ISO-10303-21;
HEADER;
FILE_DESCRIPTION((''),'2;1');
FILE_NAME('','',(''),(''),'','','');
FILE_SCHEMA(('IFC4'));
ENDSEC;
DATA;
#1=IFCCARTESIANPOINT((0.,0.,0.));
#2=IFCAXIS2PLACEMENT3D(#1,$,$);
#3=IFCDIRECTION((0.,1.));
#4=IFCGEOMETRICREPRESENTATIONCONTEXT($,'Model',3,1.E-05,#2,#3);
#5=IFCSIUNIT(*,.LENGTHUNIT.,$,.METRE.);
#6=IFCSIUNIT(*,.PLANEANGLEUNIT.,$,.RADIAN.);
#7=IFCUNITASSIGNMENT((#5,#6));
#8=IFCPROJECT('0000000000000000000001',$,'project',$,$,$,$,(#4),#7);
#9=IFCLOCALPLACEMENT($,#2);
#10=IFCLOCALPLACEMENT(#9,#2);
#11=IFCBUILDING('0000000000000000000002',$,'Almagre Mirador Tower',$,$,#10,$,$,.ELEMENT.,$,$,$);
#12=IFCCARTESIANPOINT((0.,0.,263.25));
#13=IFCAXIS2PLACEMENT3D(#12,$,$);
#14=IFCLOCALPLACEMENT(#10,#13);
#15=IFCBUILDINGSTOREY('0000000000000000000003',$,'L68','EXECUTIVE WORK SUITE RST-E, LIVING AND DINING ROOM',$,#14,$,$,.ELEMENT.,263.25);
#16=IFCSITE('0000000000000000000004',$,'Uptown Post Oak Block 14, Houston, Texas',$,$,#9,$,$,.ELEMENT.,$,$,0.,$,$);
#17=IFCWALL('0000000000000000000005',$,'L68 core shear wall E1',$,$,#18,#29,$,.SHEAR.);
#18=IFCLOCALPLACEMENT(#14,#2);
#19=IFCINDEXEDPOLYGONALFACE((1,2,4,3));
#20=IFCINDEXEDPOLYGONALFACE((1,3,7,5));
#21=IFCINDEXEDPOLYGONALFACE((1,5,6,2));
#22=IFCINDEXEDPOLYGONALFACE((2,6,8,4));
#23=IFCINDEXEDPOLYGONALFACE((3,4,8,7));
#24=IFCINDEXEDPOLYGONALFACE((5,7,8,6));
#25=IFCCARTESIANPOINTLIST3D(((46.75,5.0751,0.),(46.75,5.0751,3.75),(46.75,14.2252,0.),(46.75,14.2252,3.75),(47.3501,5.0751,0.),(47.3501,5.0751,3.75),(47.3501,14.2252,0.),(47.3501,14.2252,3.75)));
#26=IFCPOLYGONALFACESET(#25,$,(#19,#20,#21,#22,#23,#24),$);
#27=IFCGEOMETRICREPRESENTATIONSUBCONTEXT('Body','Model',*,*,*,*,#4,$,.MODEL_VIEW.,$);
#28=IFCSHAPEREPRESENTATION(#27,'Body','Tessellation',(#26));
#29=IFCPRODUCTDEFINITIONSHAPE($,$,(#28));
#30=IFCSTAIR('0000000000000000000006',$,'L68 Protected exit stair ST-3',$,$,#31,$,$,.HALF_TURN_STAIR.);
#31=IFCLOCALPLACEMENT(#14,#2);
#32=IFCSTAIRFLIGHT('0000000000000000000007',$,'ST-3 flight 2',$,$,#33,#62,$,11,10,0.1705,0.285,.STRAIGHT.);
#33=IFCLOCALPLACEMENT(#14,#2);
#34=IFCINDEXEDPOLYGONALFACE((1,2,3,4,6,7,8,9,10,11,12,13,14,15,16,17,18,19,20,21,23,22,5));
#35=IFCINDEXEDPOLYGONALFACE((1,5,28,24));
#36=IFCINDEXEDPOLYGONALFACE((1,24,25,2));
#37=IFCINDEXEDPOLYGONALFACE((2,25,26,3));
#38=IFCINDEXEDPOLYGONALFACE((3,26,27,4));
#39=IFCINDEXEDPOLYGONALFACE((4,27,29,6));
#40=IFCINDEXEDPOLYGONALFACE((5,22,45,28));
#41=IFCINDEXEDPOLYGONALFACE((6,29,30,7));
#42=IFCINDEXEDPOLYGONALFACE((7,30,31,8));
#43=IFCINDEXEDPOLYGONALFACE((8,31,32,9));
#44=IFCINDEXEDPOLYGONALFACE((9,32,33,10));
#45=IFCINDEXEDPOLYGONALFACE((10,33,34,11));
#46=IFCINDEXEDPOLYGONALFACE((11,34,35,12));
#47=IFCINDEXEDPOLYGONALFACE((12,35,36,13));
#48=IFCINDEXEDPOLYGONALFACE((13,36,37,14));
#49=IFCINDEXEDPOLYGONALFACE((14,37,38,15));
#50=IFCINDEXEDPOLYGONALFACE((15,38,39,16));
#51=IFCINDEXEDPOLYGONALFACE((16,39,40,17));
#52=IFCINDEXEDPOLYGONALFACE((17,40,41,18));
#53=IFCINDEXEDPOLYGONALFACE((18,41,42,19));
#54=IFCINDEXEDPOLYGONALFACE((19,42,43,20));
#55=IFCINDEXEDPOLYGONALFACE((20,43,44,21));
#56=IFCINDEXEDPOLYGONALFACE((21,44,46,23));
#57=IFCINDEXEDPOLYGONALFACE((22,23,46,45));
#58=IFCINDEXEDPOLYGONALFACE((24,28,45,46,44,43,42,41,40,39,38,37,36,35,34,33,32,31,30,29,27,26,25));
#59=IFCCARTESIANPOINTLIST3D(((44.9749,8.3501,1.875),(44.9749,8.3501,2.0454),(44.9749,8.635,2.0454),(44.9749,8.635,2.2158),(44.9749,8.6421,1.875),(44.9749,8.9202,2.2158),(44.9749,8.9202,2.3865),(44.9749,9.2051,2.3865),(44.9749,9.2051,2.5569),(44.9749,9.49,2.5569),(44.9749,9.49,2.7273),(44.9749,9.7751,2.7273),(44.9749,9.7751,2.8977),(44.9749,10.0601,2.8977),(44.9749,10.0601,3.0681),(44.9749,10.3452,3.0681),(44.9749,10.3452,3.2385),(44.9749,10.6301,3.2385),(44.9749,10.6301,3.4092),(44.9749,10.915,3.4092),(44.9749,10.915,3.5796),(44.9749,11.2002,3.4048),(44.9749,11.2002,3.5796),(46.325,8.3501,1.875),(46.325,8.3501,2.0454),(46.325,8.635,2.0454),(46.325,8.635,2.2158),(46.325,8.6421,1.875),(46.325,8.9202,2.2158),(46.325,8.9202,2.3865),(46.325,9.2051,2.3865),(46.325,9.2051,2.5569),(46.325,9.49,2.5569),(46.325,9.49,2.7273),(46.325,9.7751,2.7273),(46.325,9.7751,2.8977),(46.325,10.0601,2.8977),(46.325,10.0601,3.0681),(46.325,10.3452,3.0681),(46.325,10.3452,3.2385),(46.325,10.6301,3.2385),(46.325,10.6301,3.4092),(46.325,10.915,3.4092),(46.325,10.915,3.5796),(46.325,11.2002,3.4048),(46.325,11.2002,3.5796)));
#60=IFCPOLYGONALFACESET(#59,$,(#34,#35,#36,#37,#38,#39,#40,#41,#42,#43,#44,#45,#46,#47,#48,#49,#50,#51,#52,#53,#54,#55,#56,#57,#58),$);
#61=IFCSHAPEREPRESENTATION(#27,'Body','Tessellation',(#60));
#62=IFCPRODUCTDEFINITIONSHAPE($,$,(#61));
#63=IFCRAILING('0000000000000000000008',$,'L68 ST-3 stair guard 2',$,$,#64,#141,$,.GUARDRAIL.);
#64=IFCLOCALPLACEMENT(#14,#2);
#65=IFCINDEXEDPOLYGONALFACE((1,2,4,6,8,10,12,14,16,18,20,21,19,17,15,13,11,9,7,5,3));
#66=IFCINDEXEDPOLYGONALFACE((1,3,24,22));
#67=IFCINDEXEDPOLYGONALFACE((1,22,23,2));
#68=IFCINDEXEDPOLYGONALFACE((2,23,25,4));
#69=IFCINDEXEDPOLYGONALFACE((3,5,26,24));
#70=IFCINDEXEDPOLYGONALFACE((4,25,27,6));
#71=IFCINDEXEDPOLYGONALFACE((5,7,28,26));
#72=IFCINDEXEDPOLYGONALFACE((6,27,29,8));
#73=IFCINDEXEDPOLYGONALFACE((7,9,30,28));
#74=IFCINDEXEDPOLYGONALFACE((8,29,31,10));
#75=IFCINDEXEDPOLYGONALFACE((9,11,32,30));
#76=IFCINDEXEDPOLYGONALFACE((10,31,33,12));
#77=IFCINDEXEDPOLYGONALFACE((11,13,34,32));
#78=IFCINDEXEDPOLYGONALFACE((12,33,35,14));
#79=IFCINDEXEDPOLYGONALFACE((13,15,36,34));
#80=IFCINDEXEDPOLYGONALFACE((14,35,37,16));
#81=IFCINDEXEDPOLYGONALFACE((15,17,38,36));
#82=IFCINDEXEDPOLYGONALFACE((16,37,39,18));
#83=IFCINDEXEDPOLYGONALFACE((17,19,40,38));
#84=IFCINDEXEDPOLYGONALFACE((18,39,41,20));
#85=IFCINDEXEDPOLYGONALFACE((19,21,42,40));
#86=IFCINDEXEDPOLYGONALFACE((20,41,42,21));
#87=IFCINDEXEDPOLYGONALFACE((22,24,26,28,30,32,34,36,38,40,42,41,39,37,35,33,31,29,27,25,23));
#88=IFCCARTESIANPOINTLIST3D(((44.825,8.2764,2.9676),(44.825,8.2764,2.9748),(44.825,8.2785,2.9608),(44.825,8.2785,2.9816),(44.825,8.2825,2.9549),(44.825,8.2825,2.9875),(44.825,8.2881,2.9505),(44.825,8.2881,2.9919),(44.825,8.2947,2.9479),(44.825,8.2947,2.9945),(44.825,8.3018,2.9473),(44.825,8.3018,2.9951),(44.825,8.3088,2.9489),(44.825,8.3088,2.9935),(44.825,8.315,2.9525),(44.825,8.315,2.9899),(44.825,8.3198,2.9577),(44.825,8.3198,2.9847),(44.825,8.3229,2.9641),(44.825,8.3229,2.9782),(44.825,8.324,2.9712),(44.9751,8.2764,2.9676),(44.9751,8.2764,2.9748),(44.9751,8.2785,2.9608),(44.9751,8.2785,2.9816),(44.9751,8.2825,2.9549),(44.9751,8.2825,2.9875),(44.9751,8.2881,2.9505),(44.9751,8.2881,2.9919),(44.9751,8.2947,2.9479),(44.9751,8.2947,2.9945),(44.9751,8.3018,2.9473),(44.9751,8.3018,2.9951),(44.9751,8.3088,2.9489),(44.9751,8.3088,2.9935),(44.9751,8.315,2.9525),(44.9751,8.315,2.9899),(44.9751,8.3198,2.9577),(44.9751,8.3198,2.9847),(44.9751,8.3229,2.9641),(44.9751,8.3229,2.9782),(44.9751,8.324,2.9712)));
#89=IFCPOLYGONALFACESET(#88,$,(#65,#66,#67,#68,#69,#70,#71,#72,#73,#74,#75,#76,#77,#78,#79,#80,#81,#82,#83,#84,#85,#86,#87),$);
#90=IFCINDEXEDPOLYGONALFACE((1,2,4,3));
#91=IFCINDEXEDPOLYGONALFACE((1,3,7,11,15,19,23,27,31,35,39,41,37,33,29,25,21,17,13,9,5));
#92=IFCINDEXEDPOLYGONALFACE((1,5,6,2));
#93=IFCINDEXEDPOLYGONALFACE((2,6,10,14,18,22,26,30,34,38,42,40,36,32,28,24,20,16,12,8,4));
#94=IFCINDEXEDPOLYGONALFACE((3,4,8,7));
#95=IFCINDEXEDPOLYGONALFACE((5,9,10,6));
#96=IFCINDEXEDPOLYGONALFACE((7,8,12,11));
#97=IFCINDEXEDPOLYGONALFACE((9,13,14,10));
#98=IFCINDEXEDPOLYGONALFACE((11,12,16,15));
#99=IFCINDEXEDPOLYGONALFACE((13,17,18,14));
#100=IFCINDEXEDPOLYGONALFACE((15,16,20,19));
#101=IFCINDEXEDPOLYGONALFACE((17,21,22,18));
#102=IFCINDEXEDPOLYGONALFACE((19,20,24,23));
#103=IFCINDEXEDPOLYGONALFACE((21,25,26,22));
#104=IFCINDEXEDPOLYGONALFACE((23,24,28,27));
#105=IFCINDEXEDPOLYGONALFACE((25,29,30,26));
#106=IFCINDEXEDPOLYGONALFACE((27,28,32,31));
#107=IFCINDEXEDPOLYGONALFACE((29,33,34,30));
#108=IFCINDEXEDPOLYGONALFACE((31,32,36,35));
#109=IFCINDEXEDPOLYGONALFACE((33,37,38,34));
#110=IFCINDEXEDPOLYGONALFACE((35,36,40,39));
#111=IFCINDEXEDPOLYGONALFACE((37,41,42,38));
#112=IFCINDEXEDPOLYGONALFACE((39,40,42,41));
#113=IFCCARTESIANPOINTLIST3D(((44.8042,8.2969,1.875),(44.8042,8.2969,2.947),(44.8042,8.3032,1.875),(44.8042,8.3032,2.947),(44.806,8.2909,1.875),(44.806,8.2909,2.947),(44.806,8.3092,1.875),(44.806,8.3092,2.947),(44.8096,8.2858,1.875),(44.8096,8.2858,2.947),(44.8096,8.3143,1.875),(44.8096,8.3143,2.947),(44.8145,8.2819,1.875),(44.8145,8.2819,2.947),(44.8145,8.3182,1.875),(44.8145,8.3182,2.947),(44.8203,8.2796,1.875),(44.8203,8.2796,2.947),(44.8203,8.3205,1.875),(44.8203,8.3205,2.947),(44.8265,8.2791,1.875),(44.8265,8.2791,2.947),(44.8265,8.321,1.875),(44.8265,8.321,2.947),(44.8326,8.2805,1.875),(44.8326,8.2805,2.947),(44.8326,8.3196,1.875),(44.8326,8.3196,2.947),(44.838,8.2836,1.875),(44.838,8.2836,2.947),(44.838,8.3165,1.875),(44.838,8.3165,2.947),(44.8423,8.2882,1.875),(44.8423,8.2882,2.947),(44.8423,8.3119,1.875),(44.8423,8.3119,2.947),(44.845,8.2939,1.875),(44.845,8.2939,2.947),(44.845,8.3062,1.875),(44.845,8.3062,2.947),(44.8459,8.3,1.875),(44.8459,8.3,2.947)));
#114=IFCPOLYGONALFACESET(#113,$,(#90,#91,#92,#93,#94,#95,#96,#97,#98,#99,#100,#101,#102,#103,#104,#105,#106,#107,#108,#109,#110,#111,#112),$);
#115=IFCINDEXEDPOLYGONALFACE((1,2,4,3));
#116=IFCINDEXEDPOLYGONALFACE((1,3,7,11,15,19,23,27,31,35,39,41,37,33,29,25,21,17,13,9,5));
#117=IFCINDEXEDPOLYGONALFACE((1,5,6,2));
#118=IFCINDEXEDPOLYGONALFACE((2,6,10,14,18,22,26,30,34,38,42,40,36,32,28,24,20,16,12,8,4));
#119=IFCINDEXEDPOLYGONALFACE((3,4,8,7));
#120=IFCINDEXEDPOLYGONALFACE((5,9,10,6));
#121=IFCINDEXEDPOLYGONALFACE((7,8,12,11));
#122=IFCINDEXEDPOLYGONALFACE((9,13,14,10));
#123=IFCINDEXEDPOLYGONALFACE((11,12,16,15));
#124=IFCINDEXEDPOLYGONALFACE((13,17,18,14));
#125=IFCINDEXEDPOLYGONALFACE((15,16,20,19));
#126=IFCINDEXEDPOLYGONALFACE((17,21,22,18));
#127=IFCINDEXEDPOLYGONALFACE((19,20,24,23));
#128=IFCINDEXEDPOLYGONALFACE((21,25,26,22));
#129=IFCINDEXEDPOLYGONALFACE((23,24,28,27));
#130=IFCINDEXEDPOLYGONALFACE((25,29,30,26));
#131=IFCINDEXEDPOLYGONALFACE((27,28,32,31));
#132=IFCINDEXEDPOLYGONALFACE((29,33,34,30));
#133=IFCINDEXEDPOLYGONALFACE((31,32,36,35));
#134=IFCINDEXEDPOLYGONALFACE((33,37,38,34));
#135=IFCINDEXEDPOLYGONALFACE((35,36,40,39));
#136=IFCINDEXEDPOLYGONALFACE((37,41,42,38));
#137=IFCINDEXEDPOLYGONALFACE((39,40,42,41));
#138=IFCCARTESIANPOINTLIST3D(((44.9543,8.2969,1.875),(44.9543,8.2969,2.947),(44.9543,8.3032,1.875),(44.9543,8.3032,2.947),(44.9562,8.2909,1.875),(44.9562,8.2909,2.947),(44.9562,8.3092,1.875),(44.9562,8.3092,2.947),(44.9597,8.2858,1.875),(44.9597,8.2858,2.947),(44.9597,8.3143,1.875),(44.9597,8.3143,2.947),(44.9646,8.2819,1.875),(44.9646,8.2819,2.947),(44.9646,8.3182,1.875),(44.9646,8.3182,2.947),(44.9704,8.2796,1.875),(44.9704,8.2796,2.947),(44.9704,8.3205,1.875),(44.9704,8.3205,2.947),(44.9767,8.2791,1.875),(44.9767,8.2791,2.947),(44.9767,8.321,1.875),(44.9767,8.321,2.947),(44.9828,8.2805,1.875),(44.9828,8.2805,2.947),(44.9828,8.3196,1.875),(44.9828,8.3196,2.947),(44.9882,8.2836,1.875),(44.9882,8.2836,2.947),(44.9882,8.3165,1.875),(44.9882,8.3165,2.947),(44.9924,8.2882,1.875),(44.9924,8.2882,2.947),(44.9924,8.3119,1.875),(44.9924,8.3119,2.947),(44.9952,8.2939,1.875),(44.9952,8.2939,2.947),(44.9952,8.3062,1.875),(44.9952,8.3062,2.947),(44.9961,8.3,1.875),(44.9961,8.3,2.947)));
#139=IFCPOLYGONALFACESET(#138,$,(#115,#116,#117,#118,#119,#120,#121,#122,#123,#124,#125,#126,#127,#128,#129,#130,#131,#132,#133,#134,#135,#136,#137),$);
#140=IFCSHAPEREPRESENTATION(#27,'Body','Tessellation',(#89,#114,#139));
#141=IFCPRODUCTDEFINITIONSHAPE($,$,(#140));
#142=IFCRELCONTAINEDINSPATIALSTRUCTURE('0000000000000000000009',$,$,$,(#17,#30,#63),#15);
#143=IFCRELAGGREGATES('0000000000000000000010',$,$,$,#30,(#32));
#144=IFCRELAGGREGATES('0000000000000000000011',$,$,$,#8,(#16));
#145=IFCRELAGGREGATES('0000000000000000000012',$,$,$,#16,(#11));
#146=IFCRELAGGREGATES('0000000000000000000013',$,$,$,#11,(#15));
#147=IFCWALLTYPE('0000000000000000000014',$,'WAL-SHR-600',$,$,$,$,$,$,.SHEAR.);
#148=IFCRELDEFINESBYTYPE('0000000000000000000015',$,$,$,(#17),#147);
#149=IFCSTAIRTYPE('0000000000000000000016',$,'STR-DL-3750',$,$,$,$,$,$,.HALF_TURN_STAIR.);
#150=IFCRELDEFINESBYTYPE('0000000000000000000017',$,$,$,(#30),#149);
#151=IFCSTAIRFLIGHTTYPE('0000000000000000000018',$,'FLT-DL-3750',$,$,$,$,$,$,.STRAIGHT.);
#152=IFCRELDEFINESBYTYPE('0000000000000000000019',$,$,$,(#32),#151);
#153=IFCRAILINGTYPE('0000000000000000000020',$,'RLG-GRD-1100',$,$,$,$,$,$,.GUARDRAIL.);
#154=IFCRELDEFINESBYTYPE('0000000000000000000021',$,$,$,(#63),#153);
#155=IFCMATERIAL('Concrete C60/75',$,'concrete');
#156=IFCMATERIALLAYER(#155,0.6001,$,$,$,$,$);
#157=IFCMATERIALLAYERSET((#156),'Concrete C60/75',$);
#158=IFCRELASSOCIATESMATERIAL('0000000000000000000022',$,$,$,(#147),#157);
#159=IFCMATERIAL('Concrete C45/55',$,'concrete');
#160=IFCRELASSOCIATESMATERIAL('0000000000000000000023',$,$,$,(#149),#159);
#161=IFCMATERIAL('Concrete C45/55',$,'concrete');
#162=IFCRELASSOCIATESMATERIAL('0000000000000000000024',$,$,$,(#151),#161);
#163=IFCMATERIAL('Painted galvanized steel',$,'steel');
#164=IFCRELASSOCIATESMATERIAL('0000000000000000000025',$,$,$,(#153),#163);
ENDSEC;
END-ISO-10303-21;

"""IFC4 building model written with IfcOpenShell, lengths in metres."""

from ifc_helpers import new_model, si_unit, direction, frame, frame_2d, origin, origin_2d, place, context, subcontext, project, spatial, polyline, rectangle, circle, outline, extrude, material, layer, layer_set, type_object, element, aggregate, save


model = new_model("IFC4")

# Units and contexts
model_context = context("Model", 3, precision=1e-05, world=origin(), true_north=direction((0.0, 1.0)))
body_context = subcontext(model_context, "Body", "Model", "MODEL_VIEW")
ifc_project = project(units=[si_unit("LENGTHUNIT", "METRE"), si_unit("PLANEANGLEUNIT", "RADIAN")], contexts=[model_context])

# Site, building, storey
site_placement = place(None, origin())
site = spatial("IfcSite", under=ifc_project, at=site_placement, Name="Uptown Post Oak Block 14, Houston, Texas", CompositionType="ELEMENT", RefElevation=0.0)
building_placement = place(site_placement, origin())
building = spatial("IfcBuilding", under=site, at=building_placement, Name="Almagre Mirador Tower", CompositionType="ELEMENT")
storey_placement = place(building_placement, frame((0.0, 0.0, 263.25)))
storey = spatial("IfcBuildingStorey", under=building, at=storey_placement, Name="L68", Description="EXECUTIVE WORK SUITE RST-E, LIVING AND DINING ROOM", CompositionType="ELEMENT", Elevation=263.25)

# Wall
ifc_material_1 = material(Name="Concrete C60/75", Category="concrete")
ifc_layer_1 = layer(ifc_material_1, 0.6001)
ifc_layer_set_1 = layer_set([ifc_layer_1], Name="Concrete C60/75")
wall_type_1 = type_object("IfcWallType", Name="WAL-SHR-600", PredefinedType="SHEAR", material=ifc_layer_set_1)
wall_1_placement = place(storey_placement, frame((47.05, 5.075, 0.0), z_axis=(0.0, 0.0, 1.0), x_axis=(0.0, 1.0, 0.0)))
element("IfcWall", 1, at=wall_1_placement, inside=storey, type_object=wall_type_1, Name="L68 core shear wall E1", PredefinedType="SHEAR", context=body_context, shape_type="SweptSolid", body=[
    extrude(rectangle(XDim=9.1501, YDim=0.6001, at=frame_2d((4.5752, 0.0))), origin(), (0.0, 0.0, 1.0), 3.75),
])

# Stair, stair flight
ifc_material_2 = material(Name="Concrete C45/55", Category="concrete")
stair_type = type_object("IfcStairType", Name="STR-DL-3750", PredefinedType="HALF_TURN_STAIR", material=ifc_material_2)
stair_placement = place(storey_placement, origin())
stair = element("IfcStair", 2, at=stair_placement, inside=storey, type_object=stair_type, Name="L68 Protected exit stair ST-3", PredefinedType="HALF_TURN_STAIR")
ifc_material_3 = material(Name="Concrete C45/55", Category="concrete")
stair_flight_type = type_object("IfcStairFlightType", Name="FLT-DL-3750", PredefinedType="STRAIGHT", material=ifc_material_3)
stair_flight_placement = place(storey_placement, frame((45.6499, 8.3501, 1.875), z_axis=(0.0, 0.0, 1.0), x_axis=(0.0, 1.0, 0.0)))
stair_flight = element("IfcStairFlight", 3, at=stair_flight_placement, type_object=stair_flight_type, Name="ST-3 flight 2", NumberOfRisers=11, NumberOfTreads=10, PredefinedType="STRAIGHT", RiserHeight=0.1705, TreadLength=0.285, context=body_context, shape_type="SweptSolid", body=[
    extrude(outline(polyline([(0.0, 0.0), (0.0, 0.1704), (0.2849, 0.1704), (0.2849, 0.3408), (0.5701, 0.3408), (0.5701, 0.5115), (0.855, 0.5115), (0.855, 0.6819), (1.1399, 0.6819), (1.1399, 0.8523), (1.425, 0.8523), (1.425, 1.0227), (1.71, 1.0227), (1.71, 1.1931), (1.9951, 1.1931), (1.9951, 1.3635), (2.28, 1.3635), (2.28, 1.5342), (2.5649, 1.5342), (2.5649, 1.7046), (2.8501, 1.7046), (2.8501, 1.875), (2.8501, 1.5298), (0.292, 0.0), (0.0, 0.0)])), frame((0.0, 0.675, 0.0), z_axis=(0.0, -1.0, 0.0), x_axis=(1.0, 0.0, 0.0)), (0.0, 0.0, 1.0), 1.3501),
])
aggregate(stair, [stair_flight])

# Railing
ifc_material_4 = material(Name="Painted galvanized steel", Category="steel")
railing_type_1 = type_object("IfcRailingType", Name="RLG-GRD-1100", PredefinedType="GUARDRAIL", material=ifc_material_4)
railing_1_placement = place(storey_placement, frame((44.825, 8.3, 1.875)))
element("IfcRailing", 4, at=railing_1_placement, inside=storey, type_object=railing_type_1, Name="L68 ST-3 stair guard 2", PredefinedType="GUARDRAIL", context=body_context, shape_type="SweptSolid", body=[
    extrude(circle(Radius=0.0239, at=origin_2d()), frame((0.0, 0.0, 1.0962), z_axis=(1.0, 0.0, 0.0), x_axis=(0.0, 1.0, 0.0)), (0.0, 0.0, 1.0), 0.1501),
    extrude(circle(Radius=0.021, at=origin_2d()), origin(), (0.0, 0.0, 1.0), 1.072),
    extrude(circle(Radius=0.021, at=origin_2d()), frame((0.1501, 0.0, 0.0)), (0.0, 0.0, 1.0), 1.072),
])

save(model, "model.ifc")
